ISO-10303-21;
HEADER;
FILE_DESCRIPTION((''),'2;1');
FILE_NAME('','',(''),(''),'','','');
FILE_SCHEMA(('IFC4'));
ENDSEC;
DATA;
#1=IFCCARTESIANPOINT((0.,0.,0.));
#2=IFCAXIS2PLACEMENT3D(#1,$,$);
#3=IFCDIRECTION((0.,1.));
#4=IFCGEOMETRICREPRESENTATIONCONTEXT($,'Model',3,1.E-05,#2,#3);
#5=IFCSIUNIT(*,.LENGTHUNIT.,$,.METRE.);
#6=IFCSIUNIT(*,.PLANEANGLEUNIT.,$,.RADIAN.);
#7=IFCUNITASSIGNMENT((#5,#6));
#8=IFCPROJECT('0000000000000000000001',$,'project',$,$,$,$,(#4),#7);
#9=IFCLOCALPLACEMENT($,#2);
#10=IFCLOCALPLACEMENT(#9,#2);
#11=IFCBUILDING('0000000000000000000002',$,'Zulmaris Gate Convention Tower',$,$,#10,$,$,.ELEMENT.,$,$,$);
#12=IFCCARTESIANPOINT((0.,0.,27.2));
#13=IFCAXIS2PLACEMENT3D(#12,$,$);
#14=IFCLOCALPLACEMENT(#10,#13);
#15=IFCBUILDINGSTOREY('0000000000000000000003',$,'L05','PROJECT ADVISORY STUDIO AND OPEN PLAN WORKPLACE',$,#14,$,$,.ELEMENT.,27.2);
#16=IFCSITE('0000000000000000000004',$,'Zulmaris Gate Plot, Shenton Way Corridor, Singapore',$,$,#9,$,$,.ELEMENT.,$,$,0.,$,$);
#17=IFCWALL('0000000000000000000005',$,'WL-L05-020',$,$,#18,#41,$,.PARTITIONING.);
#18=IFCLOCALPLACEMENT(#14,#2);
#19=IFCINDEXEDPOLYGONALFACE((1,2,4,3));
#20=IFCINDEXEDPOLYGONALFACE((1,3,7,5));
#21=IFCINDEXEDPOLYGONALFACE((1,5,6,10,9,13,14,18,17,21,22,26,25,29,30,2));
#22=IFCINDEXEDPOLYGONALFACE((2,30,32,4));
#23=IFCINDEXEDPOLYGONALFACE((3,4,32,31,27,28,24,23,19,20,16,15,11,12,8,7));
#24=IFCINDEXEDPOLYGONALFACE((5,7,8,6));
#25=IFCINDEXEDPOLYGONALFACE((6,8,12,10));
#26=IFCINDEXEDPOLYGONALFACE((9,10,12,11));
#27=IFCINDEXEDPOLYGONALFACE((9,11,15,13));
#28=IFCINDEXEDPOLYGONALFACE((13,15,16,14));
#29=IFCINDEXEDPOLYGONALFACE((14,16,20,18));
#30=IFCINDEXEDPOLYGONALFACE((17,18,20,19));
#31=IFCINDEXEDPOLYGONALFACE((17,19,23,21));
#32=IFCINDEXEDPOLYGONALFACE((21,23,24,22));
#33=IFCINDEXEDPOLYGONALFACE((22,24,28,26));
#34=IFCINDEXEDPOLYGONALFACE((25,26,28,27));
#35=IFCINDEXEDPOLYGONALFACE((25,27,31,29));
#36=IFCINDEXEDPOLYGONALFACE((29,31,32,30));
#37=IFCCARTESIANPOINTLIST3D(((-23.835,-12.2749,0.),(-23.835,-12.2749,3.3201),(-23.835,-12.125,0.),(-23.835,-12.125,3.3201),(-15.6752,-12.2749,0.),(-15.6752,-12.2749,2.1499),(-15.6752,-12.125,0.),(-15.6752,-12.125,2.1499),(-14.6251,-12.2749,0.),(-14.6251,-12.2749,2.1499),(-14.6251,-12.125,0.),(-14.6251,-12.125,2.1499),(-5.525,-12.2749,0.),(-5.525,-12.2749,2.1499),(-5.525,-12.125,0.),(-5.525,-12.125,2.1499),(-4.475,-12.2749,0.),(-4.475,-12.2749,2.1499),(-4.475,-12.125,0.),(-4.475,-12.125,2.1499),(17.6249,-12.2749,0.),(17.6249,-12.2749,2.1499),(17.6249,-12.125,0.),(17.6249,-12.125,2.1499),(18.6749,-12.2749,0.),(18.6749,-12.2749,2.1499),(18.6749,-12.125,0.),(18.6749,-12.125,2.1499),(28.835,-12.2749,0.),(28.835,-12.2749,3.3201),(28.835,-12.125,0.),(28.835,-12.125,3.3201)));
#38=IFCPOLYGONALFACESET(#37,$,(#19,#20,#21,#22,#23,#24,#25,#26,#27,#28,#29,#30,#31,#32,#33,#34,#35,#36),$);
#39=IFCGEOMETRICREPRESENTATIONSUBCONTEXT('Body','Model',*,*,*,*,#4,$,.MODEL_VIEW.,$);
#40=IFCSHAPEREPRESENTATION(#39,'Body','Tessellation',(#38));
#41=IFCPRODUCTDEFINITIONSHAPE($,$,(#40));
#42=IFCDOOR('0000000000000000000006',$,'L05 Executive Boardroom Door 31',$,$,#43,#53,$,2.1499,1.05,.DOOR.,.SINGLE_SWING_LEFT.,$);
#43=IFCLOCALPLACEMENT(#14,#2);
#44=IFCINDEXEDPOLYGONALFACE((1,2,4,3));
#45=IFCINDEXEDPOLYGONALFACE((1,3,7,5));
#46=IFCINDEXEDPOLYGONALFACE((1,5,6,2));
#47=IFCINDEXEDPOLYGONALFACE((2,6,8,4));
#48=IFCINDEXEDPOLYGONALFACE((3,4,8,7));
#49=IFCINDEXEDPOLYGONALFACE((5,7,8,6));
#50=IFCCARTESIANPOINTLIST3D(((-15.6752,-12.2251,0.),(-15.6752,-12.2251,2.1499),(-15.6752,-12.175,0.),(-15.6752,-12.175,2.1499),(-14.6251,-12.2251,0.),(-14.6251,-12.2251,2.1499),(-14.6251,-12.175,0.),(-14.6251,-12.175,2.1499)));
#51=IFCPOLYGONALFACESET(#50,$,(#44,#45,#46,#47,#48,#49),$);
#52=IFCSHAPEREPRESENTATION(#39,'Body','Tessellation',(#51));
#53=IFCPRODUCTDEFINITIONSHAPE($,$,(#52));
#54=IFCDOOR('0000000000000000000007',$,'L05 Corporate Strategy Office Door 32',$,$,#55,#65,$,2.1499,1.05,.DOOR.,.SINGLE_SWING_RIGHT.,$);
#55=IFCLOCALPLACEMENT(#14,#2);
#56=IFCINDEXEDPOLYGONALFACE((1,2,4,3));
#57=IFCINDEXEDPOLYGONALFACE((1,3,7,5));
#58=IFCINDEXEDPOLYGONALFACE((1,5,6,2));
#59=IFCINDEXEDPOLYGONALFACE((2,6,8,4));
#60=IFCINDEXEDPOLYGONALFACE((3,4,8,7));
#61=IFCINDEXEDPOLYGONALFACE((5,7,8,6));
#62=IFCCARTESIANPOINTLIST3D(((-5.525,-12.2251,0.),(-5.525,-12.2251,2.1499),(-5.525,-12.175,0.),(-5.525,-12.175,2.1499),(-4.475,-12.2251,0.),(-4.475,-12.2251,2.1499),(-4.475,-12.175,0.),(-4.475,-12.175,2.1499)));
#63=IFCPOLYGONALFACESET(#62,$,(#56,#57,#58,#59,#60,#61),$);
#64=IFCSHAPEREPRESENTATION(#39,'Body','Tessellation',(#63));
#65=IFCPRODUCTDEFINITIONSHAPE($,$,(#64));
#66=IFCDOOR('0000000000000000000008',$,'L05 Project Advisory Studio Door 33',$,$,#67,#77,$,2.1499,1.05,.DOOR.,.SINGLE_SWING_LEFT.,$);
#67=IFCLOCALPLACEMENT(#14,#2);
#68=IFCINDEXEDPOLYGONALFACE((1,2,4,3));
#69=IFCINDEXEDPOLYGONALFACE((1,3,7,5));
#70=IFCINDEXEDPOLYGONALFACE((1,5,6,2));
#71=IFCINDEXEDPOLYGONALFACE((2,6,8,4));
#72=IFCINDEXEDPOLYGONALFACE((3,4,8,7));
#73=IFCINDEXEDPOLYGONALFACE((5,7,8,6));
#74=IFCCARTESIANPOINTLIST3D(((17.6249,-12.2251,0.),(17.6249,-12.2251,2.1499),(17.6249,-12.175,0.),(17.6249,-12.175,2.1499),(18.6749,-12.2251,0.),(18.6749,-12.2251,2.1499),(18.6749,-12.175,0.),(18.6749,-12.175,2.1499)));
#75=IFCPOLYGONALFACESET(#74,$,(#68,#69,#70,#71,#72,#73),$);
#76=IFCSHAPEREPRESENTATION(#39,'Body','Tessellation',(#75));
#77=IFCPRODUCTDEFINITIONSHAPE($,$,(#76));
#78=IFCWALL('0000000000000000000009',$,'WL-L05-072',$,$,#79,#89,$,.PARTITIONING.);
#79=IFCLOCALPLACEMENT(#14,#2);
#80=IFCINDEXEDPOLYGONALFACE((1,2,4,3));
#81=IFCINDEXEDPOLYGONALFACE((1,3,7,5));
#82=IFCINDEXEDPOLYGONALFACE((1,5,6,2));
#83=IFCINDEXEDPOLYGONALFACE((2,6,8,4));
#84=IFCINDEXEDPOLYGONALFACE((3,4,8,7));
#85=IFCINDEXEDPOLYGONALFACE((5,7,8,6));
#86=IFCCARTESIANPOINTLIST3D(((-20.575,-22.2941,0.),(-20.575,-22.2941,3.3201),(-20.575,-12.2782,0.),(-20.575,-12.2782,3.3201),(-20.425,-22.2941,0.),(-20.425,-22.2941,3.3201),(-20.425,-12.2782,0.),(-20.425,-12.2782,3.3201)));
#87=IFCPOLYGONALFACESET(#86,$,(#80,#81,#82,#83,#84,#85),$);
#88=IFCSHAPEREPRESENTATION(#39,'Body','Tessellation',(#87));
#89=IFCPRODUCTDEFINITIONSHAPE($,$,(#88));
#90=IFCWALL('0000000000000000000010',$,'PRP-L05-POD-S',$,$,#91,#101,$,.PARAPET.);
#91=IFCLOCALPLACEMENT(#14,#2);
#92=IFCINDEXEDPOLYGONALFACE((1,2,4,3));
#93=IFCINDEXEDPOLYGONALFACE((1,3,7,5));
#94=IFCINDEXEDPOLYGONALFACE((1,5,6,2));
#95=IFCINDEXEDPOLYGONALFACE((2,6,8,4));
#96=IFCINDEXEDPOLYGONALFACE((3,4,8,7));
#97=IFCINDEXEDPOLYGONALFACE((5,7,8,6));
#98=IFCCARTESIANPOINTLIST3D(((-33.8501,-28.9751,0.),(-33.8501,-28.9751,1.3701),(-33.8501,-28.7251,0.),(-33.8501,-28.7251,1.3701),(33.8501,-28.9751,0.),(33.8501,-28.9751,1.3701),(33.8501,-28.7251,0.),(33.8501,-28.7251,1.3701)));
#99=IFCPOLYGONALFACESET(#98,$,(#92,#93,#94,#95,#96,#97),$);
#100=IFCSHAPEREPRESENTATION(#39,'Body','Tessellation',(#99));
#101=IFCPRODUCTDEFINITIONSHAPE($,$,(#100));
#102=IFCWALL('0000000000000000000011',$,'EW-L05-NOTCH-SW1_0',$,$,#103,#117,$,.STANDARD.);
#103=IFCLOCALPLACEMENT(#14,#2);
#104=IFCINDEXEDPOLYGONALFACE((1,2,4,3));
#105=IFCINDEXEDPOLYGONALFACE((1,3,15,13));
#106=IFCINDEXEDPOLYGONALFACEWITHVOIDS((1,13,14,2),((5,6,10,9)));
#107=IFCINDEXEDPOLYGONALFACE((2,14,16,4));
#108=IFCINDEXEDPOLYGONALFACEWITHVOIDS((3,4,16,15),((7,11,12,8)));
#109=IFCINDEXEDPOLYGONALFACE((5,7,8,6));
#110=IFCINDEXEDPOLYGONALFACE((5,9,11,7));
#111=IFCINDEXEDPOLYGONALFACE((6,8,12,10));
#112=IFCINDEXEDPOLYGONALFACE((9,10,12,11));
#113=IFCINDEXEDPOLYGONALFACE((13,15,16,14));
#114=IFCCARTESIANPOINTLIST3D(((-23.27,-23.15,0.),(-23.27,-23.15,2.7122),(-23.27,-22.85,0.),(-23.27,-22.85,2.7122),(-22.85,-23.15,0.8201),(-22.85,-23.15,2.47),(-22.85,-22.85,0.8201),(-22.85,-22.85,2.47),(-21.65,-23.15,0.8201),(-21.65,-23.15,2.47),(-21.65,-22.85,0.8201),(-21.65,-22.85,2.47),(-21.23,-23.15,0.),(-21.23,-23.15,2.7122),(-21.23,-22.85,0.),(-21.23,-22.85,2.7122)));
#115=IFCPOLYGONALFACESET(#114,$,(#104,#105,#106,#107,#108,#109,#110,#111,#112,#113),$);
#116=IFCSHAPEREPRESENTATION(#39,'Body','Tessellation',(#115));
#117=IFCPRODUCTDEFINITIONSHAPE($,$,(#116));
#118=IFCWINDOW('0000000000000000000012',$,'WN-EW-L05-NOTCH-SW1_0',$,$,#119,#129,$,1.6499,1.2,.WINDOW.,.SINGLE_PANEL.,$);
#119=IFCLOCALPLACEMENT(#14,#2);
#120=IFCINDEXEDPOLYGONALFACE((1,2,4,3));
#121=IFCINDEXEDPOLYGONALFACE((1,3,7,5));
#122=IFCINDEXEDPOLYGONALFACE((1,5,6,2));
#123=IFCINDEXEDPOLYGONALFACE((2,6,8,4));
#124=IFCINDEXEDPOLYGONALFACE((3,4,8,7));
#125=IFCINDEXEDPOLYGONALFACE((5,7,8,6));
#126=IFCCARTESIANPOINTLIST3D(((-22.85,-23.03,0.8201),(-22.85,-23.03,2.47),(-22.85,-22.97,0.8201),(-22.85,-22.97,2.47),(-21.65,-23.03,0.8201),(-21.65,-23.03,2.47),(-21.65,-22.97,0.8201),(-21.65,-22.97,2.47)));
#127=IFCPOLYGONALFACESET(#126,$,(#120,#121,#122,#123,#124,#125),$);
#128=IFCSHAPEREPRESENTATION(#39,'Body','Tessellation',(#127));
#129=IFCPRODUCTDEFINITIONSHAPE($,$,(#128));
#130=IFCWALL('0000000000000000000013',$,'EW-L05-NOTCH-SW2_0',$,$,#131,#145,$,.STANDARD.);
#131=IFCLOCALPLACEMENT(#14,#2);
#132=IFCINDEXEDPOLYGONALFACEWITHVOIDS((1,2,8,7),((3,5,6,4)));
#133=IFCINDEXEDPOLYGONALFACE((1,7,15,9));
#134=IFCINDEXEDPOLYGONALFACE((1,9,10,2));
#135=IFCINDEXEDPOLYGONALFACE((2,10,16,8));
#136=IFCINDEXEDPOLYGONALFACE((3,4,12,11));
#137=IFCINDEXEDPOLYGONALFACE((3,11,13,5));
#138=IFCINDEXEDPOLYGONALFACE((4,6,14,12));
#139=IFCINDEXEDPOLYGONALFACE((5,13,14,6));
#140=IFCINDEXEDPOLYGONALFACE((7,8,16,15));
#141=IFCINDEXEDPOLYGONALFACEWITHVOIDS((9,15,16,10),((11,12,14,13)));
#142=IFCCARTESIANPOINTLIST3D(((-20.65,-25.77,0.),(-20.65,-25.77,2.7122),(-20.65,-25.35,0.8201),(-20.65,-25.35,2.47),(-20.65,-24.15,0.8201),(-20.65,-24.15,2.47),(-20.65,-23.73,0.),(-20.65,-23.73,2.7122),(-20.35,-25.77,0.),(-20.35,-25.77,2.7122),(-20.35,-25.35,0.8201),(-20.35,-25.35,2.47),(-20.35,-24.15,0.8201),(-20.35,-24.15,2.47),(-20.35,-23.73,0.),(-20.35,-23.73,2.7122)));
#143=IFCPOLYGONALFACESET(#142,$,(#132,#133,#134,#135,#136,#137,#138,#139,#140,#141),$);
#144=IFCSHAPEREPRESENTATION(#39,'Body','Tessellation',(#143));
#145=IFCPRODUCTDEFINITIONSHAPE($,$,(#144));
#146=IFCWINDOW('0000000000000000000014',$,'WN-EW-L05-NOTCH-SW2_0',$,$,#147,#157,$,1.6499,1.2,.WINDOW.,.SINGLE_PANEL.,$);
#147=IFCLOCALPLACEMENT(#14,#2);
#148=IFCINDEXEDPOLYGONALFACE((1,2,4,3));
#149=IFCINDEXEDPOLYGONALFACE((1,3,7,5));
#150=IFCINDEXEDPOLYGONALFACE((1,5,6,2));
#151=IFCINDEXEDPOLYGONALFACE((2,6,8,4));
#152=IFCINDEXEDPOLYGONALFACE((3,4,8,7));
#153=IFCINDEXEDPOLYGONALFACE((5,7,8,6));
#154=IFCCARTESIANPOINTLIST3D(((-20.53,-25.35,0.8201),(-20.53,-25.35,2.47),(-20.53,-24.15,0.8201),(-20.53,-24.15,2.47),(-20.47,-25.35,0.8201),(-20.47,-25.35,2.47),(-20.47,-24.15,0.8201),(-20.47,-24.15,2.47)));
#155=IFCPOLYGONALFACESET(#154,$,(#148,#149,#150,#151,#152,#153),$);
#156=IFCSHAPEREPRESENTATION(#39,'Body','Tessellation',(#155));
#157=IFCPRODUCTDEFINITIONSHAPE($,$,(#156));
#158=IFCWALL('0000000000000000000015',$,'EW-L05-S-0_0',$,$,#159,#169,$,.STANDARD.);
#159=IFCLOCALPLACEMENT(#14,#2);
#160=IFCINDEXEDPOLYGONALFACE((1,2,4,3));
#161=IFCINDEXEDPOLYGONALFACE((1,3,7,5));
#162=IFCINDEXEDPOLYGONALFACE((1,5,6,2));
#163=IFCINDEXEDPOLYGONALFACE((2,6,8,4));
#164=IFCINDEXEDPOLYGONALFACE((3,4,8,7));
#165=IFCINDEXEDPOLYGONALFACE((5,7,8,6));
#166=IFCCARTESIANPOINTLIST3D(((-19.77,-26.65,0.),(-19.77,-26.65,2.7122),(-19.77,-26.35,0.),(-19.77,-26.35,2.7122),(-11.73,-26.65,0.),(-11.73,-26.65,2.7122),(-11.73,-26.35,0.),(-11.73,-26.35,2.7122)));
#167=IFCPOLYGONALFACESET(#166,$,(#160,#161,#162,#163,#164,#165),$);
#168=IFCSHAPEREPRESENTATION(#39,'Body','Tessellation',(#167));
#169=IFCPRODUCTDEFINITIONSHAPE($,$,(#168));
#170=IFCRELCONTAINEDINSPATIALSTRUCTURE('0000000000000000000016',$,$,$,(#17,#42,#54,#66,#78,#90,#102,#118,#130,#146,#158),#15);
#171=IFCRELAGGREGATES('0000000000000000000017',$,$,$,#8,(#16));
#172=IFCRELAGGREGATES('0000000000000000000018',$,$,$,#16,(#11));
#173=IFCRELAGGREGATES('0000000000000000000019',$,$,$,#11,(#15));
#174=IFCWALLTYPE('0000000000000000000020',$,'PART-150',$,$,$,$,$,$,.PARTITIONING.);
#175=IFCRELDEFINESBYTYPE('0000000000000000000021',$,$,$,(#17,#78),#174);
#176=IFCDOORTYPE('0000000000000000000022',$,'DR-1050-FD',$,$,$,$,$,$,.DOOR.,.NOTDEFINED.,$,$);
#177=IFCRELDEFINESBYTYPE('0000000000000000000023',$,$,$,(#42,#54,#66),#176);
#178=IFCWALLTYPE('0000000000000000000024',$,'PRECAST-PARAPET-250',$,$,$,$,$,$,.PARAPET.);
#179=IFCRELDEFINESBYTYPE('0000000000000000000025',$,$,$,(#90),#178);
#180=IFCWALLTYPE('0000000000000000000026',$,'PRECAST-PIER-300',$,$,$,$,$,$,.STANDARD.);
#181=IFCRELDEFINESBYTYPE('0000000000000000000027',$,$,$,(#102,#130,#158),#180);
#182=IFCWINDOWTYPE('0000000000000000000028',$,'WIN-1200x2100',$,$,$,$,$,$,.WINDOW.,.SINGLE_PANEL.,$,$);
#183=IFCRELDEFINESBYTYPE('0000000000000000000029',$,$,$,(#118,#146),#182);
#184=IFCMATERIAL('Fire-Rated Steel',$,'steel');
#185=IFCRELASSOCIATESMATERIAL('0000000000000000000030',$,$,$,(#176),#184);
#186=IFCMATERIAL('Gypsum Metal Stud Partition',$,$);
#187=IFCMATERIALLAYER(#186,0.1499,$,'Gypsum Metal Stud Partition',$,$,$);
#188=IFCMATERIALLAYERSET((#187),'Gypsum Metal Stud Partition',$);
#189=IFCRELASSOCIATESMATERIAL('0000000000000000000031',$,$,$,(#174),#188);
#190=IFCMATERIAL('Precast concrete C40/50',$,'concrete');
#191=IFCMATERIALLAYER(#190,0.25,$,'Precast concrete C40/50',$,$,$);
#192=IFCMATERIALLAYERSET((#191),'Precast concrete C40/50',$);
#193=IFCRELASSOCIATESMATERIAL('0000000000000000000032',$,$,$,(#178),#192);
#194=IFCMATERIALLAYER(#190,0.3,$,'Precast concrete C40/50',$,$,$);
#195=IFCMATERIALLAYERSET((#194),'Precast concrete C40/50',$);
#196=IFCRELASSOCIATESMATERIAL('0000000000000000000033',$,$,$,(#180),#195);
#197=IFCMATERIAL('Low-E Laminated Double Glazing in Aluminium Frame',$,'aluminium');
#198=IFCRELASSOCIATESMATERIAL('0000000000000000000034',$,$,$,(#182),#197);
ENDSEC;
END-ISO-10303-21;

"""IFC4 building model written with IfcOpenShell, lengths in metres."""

from ifc_helpers import new_model, si_unit, direction, frame, frame_2d, origin, place, context, subcontext, project, spatial, rectangle, extrude, material, layer, layer_set, type_object, element, fill, save


model = new_model("IFC4")

# Units and contexts
model_context = context("Model", 3, precision=1e-05, world=origin(), true_north=direction((0.0, 1.0)))
body_context = subcontext(model_context, "Body", "Model", "MODEL_VIEW")
ifc_project = project(units=[si_unit("LENGTHUNIT", "METRE"), si_unit("PLANEANGLEUNIT", "RADIAN")], contexts=[model_context])

# Site, building, storey
site_placement = place(None, origin())
site = spatial("IfcSite", under=ifc_project, at=site_placement, Name="Zulmaris Gate Plot, Shenton Way Corridor, Singapore", CompositionType="ELEMENT", RefElevation=0.0)
building_placement = place(site_placement, origin())
building = spatial("IfcBuilding", under=site, at=building_placement, Name="Zulmaris Gate Convention Tower", CompositionType="ELEMENT")
storey_placement = place(building_placement, frame((0.0, 0.0, 27.2)))
storey = spatial("IfcBuildingStorey", under=building, at=storey_placement, Name="L05", Description="PROJECT ADVISORY STUDIO AND OPEN PLAN WORKPLACE", CompositionType="ELEMENT", Elevation=27.2)

# Shared definitions
ifc_material_1 = material(Name="Fire-Rated Steel", Category="steel")
door_type_1 = type_object("IfcDoorType", Name="DR-1050-FD", OperationType="NOTDEFINED", PredefinedType="DOOR", material=ifc_material_1)

# Wall, openings, doors
ifc_material_2 = material(Name="Gypsum Metal Stud Partition")
ifc_layer_1 = layer(ifc_material_2, 0.1499, Name="Gypsum Metal Stud Partition")
ifc_layer_set_1 = layer_set([ifc_layer_1], Name="Gypsum Metal Stud Partition")
wall_type_1 = type_object("IfcWallType", Name="PART-150", PredefinedType="PARTITIONING", material=ifc_layer_set_1)
wall_1_placement = place(storey_placement, frame((-23.835, -12.2, 0.0), z_axis=(0.0, 0.0, 1.0), x_axis=(1.0, 0.0, 0.0)))
wall_1 = element("IfcWall", 1, at=wall_1_placement, inside=storey, type_object=wall_type_1, Name="WL-L05-020", PredefinedType="PARTITIONING", context=body_context, shape_type="SweptSolid", body=[
    extrude(rectangle(XDim=52.6699, YDim=0.1499, at=frame_2d((26.335, 0.0))), origin(), (0.0, 0.0, 1.0), 3.3201),
])
opening_1_placement = place(wall_1_placement, frame((8.1599, 0.0, 0.0)))
opening_1 = element("IfcOpeningElement", 2, at=opening_1_placement, cuts=wall_1, PredefinedType="OPENING", context=body_context, shape_type="SweptSolid", body=[
    extrude(rectangle(XDim=1.05, YDim=2.1499, at=frame_2d((0.5249, 1.075))), frame((0.0, 0.085, 0.0), z_axis=(0.0, -1.0, 0.0), x_axis=(1.0, 0.0, 0.0)), (0.0, 0.0, 1.0), 0.1699),
])
opening_2_placement = place(wall_1_placement, frame((18.3101, 0.0, 0.0)))
opening_2 = element("IfcOpeningElement", 3, at=opening_2_placement, cuts=wall_1, PredefinedType="OPENING", context=body_context, shape_type="SweptSolid", body=[
    extrude(rectangle(XDim=1.05, YDim=2.1499, at=frame_2d((0.5249, 1.075))), frame((0.0, 0.085, 0.0), z_axis=(0.0, -1.0, 0.0), x_axis=(1.0, 0.0, 0.0)), (0.0, 0.0, 1.0), 0.1699),
])
opening_3_placement = place(wall_1_placement, frame((41.46, 0.0, 0.0)))
opening_3 = element("IfcOpeningElement", 4, at=opening_3_placement, cuts=wall_1, PredefinedType="OPENING", context=body_context, shape_type="SweptSolid", body=[
    extrude(rectangle(XDim=1.05, YDim=2.1499, at=frame_2d((0.5249, 1.075))), frame((0.0, 0.085, 0.0), z_axis=(0.0, -1.0, 0.0), x_axis=(1.0, 0.0, 0.0)), (0.0, 0.0, 1.0), 0.1699),
])
door_1_placement = place(opening_1_placement, origin())
door_1 = element("IfcDoor", 5, at=door_1_placement, inside=storey, type_object=door_type_1, Name="L05 Executive Boardroom Door 31", OperationType="SINGLE_SWING_LEFT", OverallHeight=2.1499, OverallWidth=1.05, PredefinedType="DOOR", context=body_context, shape_type="SweptSolid", body=[
    extrude(rectangle(XDim=1.05, YDim=2.1499, at=frame_2d((0.5249, 1.075))), frame((0.0, 0.0249, 0.0), z_axis=(0.0, -1.0, 0.0), x_axis=(1.0, 0.0, 0.0)), (0.0, 0.0, 1.0), 0.05),
])
fill(opening_1, door_1)
door_2_placement = place(opening_2_placement, origin())
door_2 = element("IfcDoor", 6, at=door_2_placement, inside=storey, type_object=door_type_1, Name="L05 Corporate Strategy Office Door 32", OperationType="SINGLE_SWING_RIGHT", OverallHeight=2.1499, OverallWidth=1.05, PredefinedType="DOOR", context=body_context, shape_type="SweptSolid", body=[
    extrude(rectangle(XDim=1.05, YDim=2.1499, at=frame_2d((0.5249, 1.075))), frame((0.0, 0.0249, 0.0), z_axis=(0.0, -1.0, 0.0), x_axis=(1.0, 0.0, 0.0)), (0.0, 0.0, 1.0), 0.05),
])
fill(opening_2, door_2)
door_3_placement = place(opening_3_placement, origin())
door_3 = element("IfcDoor", 7, at=door_3_placement, inside=storey, type_object=door_type_1, Name="L05 Project Advisory Studio Door 33", OperationType="SINGLE_SWING_LEFT", OverallHeight=2.1499, OverallWidth=1.05, PredefinedType="DOOR", context=body_context, shape_type="SweptSolid", body=[
    extrude(rectangle(XDim=1.05, YDim=2.1499, at=frame_2d((0.5249, 1.075))), frame((0.0, 0.0249, 0.0), z_axis=(0.0, -1.0, 0.0), x_axis=(1.0, 0.0, 0.0)), (0.0, 0.0, 1.0), 0.05),
])
fill(opening_3, door_3)

# Wall
wall_2_placement = place(storey_placement, frame((-20.5, -22.2939, 0.0), z_axis=(0.0, 0.0, 1.0), x_axis=(0.0, 1.0, 0.0)))
element("IfcWall", 8, at=wall_2_placement, inside=storey, type_object=wall_type_1, Name="WL-L05-072", PredefinedType="PARTITIONING", context=body_context, shape_type="SweptSolid", body=[
    extrude(rectangle(XDim=10.0159, YDim=0.1499, at=frame_2d((5.0078, 0.0))), origin(), (0.0, 0.0, 1.0), 3.3201),
])

# Wall
ifc_material_3 = material(Name="Precast concrete C40/50", Category="concrete")
ifc_layer_2 = layer(ifc_material_3, 0.25, Name="Precast concrete C40/50")
ifc_layer_set_2 = layer_set([ifc_layer_2], Name="Precast concrete C40/50")
wall_type_2 = type_object("IfcWallType", Name="PRECAST-PARAPET-250", PredefinedType="PARAPET", material=ifc_layer_set_2)
wall_3_placement = place(storey_placement, frame((-33.8501, -28.8501, 0.0), z_axis=(0.0, 0.0, 1.0), x_axis=(1.0, 0.0, 0.0)))
element("IfcWall", 9, at=wall_3_placement, inside=storey, type_object=wall_type_2, Name="PRP-L05-POD-S", PredefinedType="PARAPET", context=body_context, shape_type="SweptSolid", body=[
    extrude(rectangle(XDim=67.7002, YDim=0.25, at=frame_2d((33.8501, 0.0))), origin(), (0.0, 0.0, 1.0), 1.3701),
])

# Walls, openings, windows
ifc_layer_3 = layer(ifc_material_3, 0.3, Name="Precast concrete C40/50")
ifc_layer_set_3 = layer_set([ifc_layer_3], Name="Precast concrete C40/50")
wall_type_3 = type_object("IfcWallType", Name="PRECAST-PIER-300", PredefinedType="STANDARD", material=ifc_layer_set_3)
wall_4_placement = place(storey_placement, frame((-23.27, -23.0, 0.0), z_axis=(0.0, 0.0, 1.0), x_axis=(1.0, 0.0, 0.0)))
wall_4 = element("IfcWall", 10, at=wall_4_placement, inside=storey, type_object=wall_type_3, Name="EW-L05-NOTCH-SW1_0", PredefinedType="STANDARD", context=body_context, shape_type="SweptSolid", body=[
    extrude(rectangle(XDim=2.04, YDim=0.3, at=frame_2d((1.02, 0.0))), origin(), (0.0, 0.0, 1.0), 2.7122),
])
opening_4_placement = place(wall_4_placement, frame((0.4199, 0.0, 0.8201)))
opening_4 = element("IfcOpeningElement", 11, at=opening_4_placement, cuts=wall_4, PredefinedType="OPENING", context=body_context, shape_type="SweptSolid", body=[
    extrude(rectangle(XDim=1.2, YDim=1.6499, at=frame_2d((0.6001, 0.825))), frame((0.0, 0.1602, 0.0), z_axis=(0.0, -1.0, 0.0), x_axis=(1.0, 0.0, 0.0)), (0.0, 0.0, 1.0), 0.3201),
])
ifc_material_4 = material(Name="Low-E Laminated Double Glazing in Aluminium Frame", Category="aluminium")
window_type = type_object("IfcWindowType", Name="WIN-1200x2100", PartitioningType="SINGLE_PANEL", PredefinedType="WINDOW", material=ifc_material_4)
window_1_placement = place(opening_4_placement, origin())
window_1 = element("IfcWindow", 12, at=window_1_placement, inside=storey, type_object=window_type, Name="WN-EW-L05-NOTCH-SW1_0", OverallHeight=1.6499, OverallWidth=1.2, PartitioningType="SINGLE_PANEL", PredefinedType="WINDOW", context=body_context, shape_type="SweptSolid", body=[
    extrude(rectangle(XDim=1.2, YDim=1.6499, at=frame_2d((0.6001, 0.825))), frame((0.0, 0.03, 0.0), z_axis=(0.0, -1.0, 0.0), x_axis=(1.0, 0.0, 0.0)), (0.0, 0.0, 1.0), 0.0601),
])
fill(opening_4, window_1)
wall_5_placement = place(storey_placement, frame((-20.5, -23.73, 0.0), z_axis=(0.0, 0.0, 1.0), x_axis=(0.0, -1.0, 0.0)))
wall_5 = element("IfcWall", 13, at=wall_5_placement, inside=storey, type_object=wall_type_3, Name="EW-L05-NOTCH-SW2_0", PredefinedType="STANDARD", context=body_context, shape_type="SweptSolid", body=[
    extrude(rectangle(XDim=2.04, YDim=0.3, at=frame_2d((1.02, 0.0))), origin(), (0.0, 0.0, 1.0), 2.7122),
])
opening_5_placement = place(wall_5_placement, frame((0.4199, 0.0, 0.8201)))
opening_5 = element("IfcOpeningElement", 14, at=opening_5_placement, cuts=wall_5, PredefinedType="OPENING", context=body_context, shape_type="SweptSolid", body=[
    extrude(rectangle(XDim=1.2, YDim=1.6499, at=frame_2d((0.6001, 0.825))), frame((0.0, 0.1602, 0.0), z_axis=(0.0, -1.0, 0.0), x_axis=(1.0, 0.0, 0.0)), (0.0, 0.0, 1.0), 0.3201),
])
window_2_placement = place(opening_5_placement, origin())
window_2 = element("IfcWindow", 15, at=window_2_placement, inside=storey, type_object=window_type, Name="WN-EW-L05-NOTCH-SW2_0", OverallHeight=1.6499, OverallWidth=1.2, PartitioningType="SINGLE_PANEL", PredefinedType="WINDOW", context=body_context, shape_type="SweptSolid", body=[
    extrude(rectangle(XDim=1.2, YDim=1.6499, at=frame_2d((0.6001, 0.825))), frame((0.0, 0.03, 0.0), z_axis=(0.0, -1.0, 0.0), x_axis=(1.0, 0.0, 0.0)), (0.0, 0.0, 1.0), 0.0601),
])
fill(opening_5, window_2)

# Wall
wall_6_placement = place(storey_placement, frame((-19.77, -26.5, 0.0), z_axis=(0.0, 0.0, 1.0), x_axis=(1.0, 0.0, 0.0)))
element("IfcWall", 16, at=wall_6_placement, inside=storey, type_object=wall_type_3, Name="EW-L05-S-0_0", PredefinedType="STANDARD", context=body_context, shape_type="SweptSolid", body=[
    extrude(rectangle(XDim=8.04, YDim=0.3, at=frame_2d((4.02, 0.0))), origin(), (0.0, 0.0, 1.0), 2.7122),
])

save(model, "model.ifc")
